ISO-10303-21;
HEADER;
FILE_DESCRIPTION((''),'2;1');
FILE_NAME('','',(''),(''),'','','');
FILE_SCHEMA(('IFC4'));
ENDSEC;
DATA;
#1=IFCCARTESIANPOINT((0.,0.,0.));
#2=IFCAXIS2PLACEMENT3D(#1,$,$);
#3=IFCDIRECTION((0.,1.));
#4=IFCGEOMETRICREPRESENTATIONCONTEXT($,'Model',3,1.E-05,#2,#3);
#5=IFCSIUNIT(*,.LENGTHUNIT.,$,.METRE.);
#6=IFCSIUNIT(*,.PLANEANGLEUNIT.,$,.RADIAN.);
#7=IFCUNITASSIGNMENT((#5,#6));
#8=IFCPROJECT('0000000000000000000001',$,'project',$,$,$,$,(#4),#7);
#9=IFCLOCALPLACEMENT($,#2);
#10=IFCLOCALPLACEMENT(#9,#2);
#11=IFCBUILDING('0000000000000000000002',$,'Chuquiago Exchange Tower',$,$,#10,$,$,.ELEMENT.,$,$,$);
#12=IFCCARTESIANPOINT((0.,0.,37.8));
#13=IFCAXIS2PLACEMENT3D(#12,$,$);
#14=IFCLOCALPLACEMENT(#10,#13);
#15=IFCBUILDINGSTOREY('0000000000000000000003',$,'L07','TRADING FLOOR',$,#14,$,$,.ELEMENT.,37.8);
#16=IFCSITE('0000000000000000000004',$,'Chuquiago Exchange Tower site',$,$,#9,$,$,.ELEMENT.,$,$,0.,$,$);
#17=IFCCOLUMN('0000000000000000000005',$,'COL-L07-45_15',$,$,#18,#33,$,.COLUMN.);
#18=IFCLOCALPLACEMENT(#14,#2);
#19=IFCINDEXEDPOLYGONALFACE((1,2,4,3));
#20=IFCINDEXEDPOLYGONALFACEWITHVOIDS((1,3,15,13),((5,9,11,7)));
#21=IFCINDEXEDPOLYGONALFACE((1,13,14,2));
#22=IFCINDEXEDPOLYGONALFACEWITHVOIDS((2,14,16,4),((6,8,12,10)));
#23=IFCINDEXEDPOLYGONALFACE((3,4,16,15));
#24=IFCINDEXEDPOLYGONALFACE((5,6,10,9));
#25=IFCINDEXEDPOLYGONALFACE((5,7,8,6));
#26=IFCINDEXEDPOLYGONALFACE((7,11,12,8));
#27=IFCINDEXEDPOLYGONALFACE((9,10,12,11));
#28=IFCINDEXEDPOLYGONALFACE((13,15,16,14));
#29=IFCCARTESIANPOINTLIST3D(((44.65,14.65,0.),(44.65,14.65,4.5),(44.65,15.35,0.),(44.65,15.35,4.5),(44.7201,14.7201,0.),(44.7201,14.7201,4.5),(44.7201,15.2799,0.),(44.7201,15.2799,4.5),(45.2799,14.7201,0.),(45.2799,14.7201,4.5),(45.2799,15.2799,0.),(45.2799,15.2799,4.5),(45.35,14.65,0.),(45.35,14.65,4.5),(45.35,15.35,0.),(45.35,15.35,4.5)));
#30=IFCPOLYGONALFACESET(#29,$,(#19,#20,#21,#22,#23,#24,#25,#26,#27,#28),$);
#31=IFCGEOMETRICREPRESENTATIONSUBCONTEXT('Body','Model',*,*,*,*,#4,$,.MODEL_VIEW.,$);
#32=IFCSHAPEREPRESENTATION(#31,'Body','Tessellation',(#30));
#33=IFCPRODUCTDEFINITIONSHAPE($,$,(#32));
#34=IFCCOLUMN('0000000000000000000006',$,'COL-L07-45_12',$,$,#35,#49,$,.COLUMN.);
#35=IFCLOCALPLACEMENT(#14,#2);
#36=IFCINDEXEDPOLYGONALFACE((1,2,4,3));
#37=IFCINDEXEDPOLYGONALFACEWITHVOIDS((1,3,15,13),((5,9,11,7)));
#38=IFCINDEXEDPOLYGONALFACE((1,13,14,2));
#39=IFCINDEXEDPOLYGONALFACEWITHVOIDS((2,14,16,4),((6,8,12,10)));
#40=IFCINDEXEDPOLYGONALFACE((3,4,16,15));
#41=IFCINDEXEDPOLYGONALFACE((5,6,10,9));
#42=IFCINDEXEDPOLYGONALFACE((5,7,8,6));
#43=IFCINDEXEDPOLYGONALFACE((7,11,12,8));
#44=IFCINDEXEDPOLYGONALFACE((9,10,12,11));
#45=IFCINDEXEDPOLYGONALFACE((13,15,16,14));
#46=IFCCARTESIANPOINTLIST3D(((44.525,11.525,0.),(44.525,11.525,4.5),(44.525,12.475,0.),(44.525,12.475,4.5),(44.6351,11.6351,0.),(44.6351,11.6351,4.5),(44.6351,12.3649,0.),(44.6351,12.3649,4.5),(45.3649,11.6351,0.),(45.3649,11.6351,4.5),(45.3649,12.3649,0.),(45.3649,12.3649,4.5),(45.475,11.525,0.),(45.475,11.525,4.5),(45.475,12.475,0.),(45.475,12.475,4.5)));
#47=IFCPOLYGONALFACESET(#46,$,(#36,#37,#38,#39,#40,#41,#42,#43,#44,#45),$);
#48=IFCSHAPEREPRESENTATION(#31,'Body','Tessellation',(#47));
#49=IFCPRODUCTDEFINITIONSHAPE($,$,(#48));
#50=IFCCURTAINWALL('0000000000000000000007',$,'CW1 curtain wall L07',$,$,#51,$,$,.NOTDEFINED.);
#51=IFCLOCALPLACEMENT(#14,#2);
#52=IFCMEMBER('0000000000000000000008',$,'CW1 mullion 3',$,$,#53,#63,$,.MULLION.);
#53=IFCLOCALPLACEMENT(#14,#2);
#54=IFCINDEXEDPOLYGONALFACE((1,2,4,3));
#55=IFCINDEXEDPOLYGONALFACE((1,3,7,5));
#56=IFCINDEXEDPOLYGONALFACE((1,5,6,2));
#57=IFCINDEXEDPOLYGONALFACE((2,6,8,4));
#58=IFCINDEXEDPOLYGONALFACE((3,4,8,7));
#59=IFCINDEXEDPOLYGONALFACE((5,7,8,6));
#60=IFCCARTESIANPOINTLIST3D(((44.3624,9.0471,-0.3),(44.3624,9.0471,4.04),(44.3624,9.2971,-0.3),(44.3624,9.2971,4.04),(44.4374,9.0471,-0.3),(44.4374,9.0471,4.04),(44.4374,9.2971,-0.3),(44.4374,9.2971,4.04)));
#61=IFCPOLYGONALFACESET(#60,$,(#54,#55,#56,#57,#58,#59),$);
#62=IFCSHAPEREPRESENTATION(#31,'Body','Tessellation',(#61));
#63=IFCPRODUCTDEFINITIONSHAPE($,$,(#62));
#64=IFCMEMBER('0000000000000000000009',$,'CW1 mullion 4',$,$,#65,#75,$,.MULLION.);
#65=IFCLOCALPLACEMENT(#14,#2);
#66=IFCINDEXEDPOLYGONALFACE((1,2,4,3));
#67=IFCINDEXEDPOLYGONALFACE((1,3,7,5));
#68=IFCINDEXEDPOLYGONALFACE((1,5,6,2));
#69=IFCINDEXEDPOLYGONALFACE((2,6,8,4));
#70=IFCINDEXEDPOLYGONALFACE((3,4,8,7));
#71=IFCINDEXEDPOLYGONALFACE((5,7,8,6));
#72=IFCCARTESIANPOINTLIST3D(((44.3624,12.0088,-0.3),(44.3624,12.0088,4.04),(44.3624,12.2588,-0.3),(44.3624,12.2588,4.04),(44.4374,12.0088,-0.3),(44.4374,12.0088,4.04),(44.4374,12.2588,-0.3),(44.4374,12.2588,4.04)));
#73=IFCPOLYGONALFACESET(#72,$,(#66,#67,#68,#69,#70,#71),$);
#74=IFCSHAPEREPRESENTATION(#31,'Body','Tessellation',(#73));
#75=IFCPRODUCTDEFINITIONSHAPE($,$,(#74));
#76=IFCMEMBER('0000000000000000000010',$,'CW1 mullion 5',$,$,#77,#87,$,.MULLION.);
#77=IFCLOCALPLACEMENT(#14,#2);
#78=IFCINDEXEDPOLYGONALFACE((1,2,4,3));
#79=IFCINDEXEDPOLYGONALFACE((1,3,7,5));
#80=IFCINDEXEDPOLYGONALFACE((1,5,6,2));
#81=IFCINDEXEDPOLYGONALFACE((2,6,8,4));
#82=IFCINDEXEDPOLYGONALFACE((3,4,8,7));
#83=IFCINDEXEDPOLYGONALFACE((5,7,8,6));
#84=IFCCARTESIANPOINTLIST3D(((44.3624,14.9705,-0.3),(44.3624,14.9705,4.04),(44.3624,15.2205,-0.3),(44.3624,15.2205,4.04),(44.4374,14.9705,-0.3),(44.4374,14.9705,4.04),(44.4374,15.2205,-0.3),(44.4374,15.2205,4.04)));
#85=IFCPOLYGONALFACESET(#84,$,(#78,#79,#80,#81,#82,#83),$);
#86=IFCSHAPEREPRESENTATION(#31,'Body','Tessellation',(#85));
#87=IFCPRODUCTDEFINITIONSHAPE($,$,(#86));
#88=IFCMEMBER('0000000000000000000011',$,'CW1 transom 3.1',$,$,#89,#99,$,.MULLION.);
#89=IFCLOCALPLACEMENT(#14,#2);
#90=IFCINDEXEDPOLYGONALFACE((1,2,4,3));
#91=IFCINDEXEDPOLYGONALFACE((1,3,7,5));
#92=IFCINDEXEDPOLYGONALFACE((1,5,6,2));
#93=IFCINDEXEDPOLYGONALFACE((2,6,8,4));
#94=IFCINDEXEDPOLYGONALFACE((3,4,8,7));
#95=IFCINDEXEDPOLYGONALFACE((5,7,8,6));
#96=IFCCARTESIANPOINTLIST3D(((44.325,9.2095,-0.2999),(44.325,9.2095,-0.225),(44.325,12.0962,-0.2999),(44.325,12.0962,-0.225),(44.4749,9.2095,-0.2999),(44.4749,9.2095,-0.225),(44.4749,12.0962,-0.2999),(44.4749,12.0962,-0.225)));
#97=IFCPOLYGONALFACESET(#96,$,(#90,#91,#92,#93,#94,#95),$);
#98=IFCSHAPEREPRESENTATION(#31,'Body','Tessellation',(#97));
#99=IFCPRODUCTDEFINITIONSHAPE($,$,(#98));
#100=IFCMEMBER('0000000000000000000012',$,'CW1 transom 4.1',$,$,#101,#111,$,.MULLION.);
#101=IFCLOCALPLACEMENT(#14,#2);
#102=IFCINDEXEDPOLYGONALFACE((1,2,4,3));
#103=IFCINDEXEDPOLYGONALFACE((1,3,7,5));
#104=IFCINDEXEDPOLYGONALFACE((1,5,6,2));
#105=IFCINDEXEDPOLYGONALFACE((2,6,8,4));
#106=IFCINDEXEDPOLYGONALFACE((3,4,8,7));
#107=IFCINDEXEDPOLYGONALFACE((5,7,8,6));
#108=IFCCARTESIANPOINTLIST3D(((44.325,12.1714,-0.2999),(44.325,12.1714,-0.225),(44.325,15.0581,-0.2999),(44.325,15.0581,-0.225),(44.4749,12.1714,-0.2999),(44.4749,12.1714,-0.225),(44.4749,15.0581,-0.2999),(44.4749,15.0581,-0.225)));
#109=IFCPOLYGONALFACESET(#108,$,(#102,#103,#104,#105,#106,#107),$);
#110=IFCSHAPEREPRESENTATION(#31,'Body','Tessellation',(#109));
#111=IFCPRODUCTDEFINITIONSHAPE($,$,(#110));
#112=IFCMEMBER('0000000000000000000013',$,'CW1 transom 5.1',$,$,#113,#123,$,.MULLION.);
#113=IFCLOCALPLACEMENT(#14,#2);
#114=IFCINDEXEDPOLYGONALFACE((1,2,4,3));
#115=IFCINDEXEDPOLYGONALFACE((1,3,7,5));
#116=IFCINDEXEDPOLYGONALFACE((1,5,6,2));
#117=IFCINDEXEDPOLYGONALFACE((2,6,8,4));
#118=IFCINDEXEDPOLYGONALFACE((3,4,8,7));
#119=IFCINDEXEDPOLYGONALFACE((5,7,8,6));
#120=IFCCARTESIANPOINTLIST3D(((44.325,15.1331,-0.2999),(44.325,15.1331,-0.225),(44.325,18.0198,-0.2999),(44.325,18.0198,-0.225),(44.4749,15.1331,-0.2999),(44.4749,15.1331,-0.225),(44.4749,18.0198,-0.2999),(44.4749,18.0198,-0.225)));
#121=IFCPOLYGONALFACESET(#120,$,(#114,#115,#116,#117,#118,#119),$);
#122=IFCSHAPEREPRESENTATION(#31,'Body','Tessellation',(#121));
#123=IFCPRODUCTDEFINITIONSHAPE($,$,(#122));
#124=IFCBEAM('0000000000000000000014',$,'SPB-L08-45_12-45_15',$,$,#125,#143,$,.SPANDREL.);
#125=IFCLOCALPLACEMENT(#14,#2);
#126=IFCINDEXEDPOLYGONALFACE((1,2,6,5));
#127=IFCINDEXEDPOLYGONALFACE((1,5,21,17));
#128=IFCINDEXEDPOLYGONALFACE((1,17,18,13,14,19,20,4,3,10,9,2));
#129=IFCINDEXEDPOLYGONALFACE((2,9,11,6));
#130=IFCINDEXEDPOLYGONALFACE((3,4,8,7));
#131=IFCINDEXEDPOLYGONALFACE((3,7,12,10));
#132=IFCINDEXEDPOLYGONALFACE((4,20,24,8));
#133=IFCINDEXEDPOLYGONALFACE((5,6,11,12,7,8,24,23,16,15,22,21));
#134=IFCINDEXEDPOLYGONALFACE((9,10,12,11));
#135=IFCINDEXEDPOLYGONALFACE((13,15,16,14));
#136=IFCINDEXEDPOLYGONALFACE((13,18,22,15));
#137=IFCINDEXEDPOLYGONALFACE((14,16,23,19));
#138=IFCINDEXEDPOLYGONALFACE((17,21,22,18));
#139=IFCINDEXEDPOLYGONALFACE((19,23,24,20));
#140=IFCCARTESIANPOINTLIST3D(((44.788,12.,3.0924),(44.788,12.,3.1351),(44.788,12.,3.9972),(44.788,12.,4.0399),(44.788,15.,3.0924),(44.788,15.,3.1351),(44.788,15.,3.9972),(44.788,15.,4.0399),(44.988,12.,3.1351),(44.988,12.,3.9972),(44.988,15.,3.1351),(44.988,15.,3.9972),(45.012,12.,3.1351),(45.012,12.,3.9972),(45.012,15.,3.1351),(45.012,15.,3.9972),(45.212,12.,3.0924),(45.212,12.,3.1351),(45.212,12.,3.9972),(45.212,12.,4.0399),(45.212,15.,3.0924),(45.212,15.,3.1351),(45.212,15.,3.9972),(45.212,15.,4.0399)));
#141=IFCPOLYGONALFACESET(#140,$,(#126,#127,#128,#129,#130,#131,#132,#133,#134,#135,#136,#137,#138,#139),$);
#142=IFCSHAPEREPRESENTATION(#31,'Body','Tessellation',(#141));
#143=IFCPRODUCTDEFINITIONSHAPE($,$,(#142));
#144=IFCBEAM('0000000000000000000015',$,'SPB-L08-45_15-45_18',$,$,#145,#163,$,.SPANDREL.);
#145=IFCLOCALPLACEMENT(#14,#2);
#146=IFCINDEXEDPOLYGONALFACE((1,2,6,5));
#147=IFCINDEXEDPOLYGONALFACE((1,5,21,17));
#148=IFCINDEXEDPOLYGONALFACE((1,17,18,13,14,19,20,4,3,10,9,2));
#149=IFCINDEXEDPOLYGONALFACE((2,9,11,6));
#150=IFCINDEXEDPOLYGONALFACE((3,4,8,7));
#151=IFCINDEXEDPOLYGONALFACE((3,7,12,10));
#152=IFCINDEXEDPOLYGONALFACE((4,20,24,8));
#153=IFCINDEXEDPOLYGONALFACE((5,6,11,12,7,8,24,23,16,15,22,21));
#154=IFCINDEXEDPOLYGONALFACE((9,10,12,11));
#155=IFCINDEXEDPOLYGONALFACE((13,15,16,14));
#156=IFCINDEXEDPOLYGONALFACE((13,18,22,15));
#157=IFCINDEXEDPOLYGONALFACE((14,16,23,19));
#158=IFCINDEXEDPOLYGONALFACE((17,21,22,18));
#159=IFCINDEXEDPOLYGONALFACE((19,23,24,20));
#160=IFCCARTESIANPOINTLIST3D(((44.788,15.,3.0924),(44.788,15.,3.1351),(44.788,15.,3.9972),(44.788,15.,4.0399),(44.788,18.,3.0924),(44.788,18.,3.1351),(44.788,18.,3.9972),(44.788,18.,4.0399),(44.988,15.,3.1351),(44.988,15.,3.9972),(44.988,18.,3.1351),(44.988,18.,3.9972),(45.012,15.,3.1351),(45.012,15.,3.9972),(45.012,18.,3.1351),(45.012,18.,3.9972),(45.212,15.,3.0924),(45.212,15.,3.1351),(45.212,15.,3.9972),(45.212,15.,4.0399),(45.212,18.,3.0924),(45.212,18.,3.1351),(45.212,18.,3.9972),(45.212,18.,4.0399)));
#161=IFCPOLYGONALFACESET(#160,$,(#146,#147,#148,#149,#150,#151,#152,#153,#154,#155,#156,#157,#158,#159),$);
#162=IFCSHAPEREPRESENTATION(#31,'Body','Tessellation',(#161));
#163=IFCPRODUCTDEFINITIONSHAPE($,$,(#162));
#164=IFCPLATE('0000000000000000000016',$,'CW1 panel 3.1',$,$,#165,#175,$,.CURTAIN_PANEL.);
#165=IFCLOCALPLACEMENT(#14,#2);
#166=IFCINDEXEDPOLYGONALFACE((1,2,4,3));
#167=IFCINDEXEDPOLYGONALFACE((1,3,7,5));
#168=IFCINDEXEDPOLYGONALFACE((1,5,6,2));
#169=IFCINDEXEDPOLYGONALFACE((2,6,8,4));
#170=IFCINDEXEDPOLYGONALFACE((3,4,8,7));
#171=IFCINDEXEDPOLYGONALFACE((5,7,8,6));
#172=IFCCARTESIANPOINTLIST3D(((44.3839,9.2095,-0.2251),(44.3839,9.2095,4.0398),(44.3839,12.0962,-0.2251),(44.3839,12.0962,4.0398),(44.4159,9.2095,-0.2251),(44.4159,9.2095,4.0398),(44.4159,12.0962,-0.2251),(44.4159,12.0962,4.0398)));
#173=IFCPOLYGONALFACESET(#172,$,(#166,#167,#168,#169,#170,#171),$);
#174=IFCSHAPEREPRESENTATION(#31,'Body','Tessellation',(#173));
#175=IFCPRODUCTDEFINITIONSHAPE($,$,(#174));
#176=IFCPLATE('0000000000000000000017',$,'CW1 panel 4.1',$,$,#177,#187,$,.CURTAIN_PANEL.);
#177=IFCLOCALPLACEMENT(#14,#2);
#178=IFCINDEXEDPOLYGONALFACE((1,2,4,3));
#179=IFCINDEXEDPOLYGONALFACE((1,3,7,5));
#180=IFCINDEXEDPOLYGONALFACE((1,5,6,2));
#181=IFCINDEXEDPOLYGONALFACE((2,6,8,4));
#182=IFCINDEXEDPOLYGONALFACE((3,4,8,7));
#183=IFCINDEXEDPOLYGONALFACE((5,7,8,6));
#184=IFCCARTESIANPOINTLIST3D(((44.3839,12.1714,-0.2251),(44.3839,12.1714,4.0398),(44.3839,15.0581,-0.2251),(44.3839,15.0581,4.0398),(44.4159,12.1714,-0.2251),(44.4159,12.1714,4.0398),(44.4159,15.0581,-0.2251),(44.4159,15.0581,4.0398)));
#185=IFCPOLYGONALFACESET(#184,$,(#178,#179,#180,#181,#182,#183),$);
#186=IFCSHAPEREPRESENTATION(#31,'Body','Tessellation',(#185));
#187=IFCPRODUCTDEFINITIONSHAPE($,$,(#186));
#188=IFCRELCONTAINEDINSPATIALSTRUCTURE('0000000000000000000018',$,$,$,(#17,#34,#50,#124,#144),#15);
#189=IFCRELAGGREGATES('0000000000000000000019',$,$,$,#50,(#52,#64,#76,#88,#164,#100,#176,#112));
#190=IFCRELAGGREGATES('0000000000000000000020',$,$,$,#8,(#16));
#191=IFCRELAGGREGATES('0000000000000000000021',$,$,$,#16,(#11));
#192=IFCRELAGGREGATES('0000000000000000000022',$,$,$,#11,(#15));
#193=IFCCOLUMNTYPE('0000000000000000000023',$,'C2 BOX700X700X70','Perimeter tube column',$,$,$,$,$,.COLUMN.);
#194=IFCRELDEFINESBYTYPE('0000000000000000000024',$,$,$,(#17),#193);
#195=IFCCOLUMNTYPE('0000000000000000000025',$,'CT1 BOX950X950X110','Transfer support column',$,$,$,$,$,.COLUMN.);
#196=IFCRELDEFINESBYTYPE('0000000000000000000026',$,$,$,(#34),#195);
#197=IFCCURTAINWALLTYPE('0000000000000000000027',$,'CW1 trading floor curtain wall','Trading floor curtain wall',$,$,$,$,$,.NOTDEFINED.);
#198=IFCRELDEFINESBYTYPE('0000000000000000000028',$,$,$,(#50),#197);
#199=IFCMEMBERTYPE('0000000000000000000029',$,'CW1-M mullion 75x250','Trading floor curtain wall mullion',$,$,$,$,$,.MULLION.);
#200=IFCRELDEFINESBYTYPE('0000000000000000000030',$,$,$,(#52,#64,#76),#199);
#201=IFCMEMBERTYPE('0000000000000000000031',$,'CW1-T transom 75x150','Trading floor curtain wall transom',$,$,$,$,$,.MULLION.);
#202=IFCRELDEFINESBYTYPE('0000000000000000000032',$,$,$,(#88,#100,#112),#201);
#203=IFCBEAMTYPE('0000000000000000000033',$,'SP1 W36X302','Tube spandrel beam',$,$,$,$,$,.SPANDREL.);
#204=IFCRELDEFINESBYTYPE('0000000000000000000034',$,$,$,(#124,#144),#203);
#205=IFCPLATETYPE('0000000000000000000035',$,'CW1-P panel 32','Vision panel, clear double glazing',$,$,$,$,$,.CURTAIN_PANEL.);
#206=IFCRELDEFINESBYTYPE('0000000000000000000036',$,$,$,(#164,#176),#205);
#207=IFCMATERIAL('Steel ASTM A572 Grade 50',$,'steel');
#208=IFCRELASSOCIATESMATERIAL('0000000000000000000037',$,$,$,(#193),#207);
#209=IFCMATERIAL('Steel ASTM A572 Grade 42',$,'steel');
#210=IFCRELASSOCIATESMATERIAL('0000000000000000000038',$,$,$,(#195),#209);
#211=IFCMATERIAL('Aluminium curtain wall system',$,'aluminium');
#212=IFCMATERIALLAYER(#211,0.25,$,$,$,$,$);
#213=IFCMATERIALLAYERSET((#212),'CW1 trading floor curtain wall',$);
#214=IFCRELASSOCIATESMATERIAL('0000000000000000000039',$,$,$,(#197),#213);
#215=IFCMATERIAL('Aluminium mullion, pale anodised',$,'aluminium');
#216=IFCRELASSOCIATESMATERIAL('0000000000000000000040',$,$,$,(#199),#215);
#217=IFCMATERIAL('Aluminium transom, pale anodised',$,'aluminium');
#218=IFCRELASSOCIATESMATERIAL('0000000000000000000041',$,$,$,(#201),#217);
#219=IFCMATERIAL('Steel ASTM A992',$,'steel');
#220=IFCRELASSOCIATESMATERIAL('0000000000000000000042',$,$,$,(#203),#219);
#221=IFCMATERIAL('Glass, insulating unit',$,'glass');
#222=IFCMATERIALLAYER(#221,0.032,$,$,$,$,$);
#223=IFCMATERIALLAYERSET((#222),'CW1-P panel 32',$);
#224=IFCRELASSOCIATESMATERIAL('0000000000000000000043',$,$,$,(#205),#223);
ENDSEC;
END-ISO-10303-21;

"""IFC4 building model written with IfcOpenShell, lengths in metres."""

from ifc_helpers import new_model, si_unit, direction, frame, origin, origin_2d, place, context, subcontext, project, spatial, rectangle, hollow_rectangle, i_section, extrude, material, layer, layer_set, material_profile, profile_set, type_object, element, aggregate, save


model = new_model("IFC4")

# Units and contexts
model_context = context("Model", 3, precision=1e-05, world=origin(), true_north=direction((0.0, 1.0)))
body_context = subcontext(model_context, "Body", "Model", "MODEL_VIEW")
ifc_project = project(units=[si_unit("LENGTHUNIT", "METRE"), si_unit("PLANEANGLEUNIT", "RADIAN")], contexts=[model_context])

# Site, building, storey
site_placement = place(None, origin())
site = spatial("IfcSite", under=ifc_project, at=site_placement, Name="Chuquiago Exchange Tower site", CompositionType="ELEMENT", RefElevation=0.0)
building_placement = place(site_placement, origin())
building = spatial("IfcBuilding", under=site, at=building_placement, Name="Chuquiago Exchange Tower", CompositionType="ELEMENT")
storey_placement = place(building_placement, frame((0.0, 0.0, 37.8)))
storey = spatial("IfcBuildingStorey", under=building, at=storey_placement, Name="L07", Description="TRADING FLOOR", CompositionType="ELEMENT", Elevation=37.8)

# Columns
ifc_material_1 = material(Name="Steel ASTM A572 Grade 50", Category="steel")
ifc_material_profile_1 = material_profile(ifc_material_1, hollow_rectangle(XDim=0.7, YDim=0.7, WallThickness=0.0701, at=origin_2d()), Name="BOX700X700X70")
ifc_profile_set_1 = profile_set([ifc_material_profile_1], Name="Steel ASTM A572 Grade 50")
column_type_1 = type_object("IfcColumnType", Name="C2 BOX700X700X70", Description="Perimeter tube column", PredefinedType="COLUMN", material=ifc_profile_set_1)
column_1_placement = place(storey_placement, frame((45.0, 15.0, 0.0), z_axis=(0.0, 0.0, 1.0), x_axis=(1.0, 0.0, 0.0)))
element("IfcColumn", 1, at=column_1_placement, inside=storey, type_object=column_type_1, Name="COL-L07-45_15", PredefinedType="COLUMN", context=body_context, shape_type="SweptSolid", body=[
    extrude(hollow_rectangle(XDim=0.7, YDim=0.7, WallThickness=0.0701, at=origin_2d()), origin(), (0.0, 0.0, 1.0), 4.5),
])
ifc_material_2 = material(Name="Steel ASTM A572 Grade 42", Category="steel")
ifc_material_profile_2 = material_profile(ifc_material_2, hollow_rectangle(XDim=0.95, YDim=0.95, WallThickness=0.1101, at=origin_2d()), Name="BOX950X950X110")
ifc_profile_set_2 = profile_set([ifc_material_profile_2], Name="Steel ASTM A572 Grade 42")
column_type_2 = type_object("IfcColumnType", Name="CT1 BOX950X950X110", Description="Transfer support column", PredefinedType="COLUMN", material=ifc_profile_set_2)
column_2_placement = place(storey_placement, frame((45.0, 12.0, 0.0), z_axis=(0.0, 0.0, 1.0), x_axis=(1.0, 0.0, 0.0)))
element("IfcColumn", 2, at=column_2_placement, inside=storey, type_object=column_type_2, Name="COL-L07-45_12", PredefinedType="COLUMN", context=body_context, shape_type="SweptSolid", body=[
    extrude(hollow_rectangle(XDim=0.95, YDim=0.95, WallThickness=0.1101, at=origin_2d()), origin(), (0.0, 0.0, 1.0), 4.5),
])

# Curtain wall, members
ifc_material_3 = material(Name="Aluminium curtain wall system", Category="aluminium")
ifc_layer_1 = layer(ifc_material_3, 0.25)
ifc_layer_set_1 = layer_set([ifc_layer_1], Name="CW1 trading floor curtain wall")
curtain_wall_type = type_object("IfcCurtainWallType", Name="CW1 trading floor curtain wall", Description="Trading floor curtain wall", PredefinedType="NOTDEFINED", material=ifc_layer_set_1)
curtain_wall_placement = place(storey_placement, origin())
curtain_wall = element("IfcCurtainWall", 3, at=curtain_wall_placement, inside=storey, type_object=curtain_wall_type, Name="CW1 curtain wall L07", PredefinedType="NOTDEFINED")
ifc_material_4 = material(Name="Aluminium mullion, pale anodised", Category="aluminium")
ifc_material_profile_3 = material_profile(ifc_material_4, rectangle(XDim=0.075, YDim=0.25, at=origin_2d()), Name="AL 75x250")
ifc_profile_set_3 = profile_set([ifc_material_profile_3], Name="Aluminium mullion, pale anodised")
member_type_1 = type_object("IfcMemberType", Name="CW1-M mullion 75x250", Description="Trading floor curtain wall mullion", PredefinedType="MULLION", material=ifc_profile_set_3)
member_1_placement = place(storey_placement, frame((44.3999, 9.1721, -0.3), z_axis=(0.0, 0.0, 1.0), x_axis=(-1.0, 0.0, 0.0)))
member_1 = element("IfcMember", 4, at=member_1_placement, type_object=member_type_1, Name="CW1 mullion 3", PredefinedType="MULLION", context=body_context, shape_type="SweptSolid", body=[
    extrude(rectangle(XDim=0.075, YDim=0.25, at=origin_2d()), origin(), (0.0, 0.0, 1.0), 4.3401),
])
member_2_placement = place(storey_placement, frame((44.3999, 12.1338, -0.3), z_axis=(0.0, 0.0, 1.0), x_axis=(-1.0, 0.0, 0.0)))
member_2 = element("IfcMember", 5, at=member_2_placement, type_object=member_type_1, Name="CW1 mullion 4", PredefinedType="MULLION", context=body_context, shape_type="SweptSolid", body=[
    extrude(rectangle(XDim=0.075, YDim=0.25, at=origin_2d()), origin(), (0.0, 0.0, 1.0), 4.3401),
])
member_3_placement = place(storey_placement, frame((44.3999, 15.0955, -0.3), z_axis=(0.0, 0.0, 1.0), x_axis=(-1.0, 0.0, 0.0)))
member_3 = element("IfcMember", 6, at=member_3_placement, type_object=member_type_1, Name="CW1 mullion 5", PredefinedType="MULLION", context=body_context, shape_type="SweptSolid", body=[
    extrude(rectangle(XDim=0.075, YDim=0.25, at=origin_2d()), origin(), (0.0, 0.0, 1.0), 4.3401),
])
ifc_material_5 = material(Name="Aluminium transom, pale anodised", Category="aluminium")
ifc_material_profile_4 = material_profile(ifc_material_5, rectangle(XDim=0.1499, YDim=0.075, at=origin_2d()), Name="AL 150x75")
ifc_profile_set_4 = profile_set([ifc_material_profile_4], Name="Aluminium transom, pale anodised")
member_type_2 = type_object("IfcMemberType", Name="CW1-T transom 75x150", Description="Trading floor curtain wall transom", PredefinedType="MULLION", material=ifc_profile_set_4)
member_4_placement = place(storey_placement, frame((44.3999, 9.2095, -0.2625), z_axis=(0.0, 1.0, 0.0), x_axis=(-1.0, 0.0, 0.0)))
member_4 = element("IfcMember", 7, at=member_4_placement, type_object=member_type_2, Name="CW1 transom 3.1", PredefinedType="MULLION", context=body_context, shape_type="SweptSolid", body=[
    extrude(rectangle(XDim=0.1499, YDim=0.075, at=origin_2d()), origin(), (0.0, 0.0, 1.0), 2.8867),
])
member_5_placement = place(storey_placement, frame((44.3999, 12.1714, -0.2625), z_axis=(0.0, 1.0, 0.0), x_axis=(-1.0, 0.0, 0.0)))
member_5 = element("IfcMember", 8, at=member_5_placement, type_object=member_type_2, Name="CW1 transom 4.1", PredefinedType="MULLION", context=body_context, shape_type="SweptSolid", body=[
    extrude(rectangle(XDim=0.1499, YDim=0.075, at=origin_2d()), origin(), (0.0, 0.0, 1.0), 2.8867),
])
member_6_placement = place(storey_placement, frame((44.3999, 15.1331, -0.2625), z_axis=(0.0, 1.0, 0.0), x_axis=(-1.0, 0.0, 0.0)))
member_6 = element("IfcMember", 9, at=member_6_placement, type_object=member_type_2, Name="CW1 transom 5.1", PredefinedType="MULLION", context=body_context, shape_type="SweptSolid", body=[
    extrude(rectangle(XDim=0.1499, YDim=0.075, at=origin_2d()), origin(), (0.0, 0.0, 1.0), 2.8867),
])

# Beams
ifc_material_6 = material(Name="Steel ASTM A992", Category="steel")
ifc_material_profile_5 = material_profile(ifc_material_6, i_section(OverallWidth=0.4241, OverallDepth=0.9475, WebThickness=0.0239, FlangeThickness=0.0427, at=origin_2d()), Name="W36X302")
ifc_profile_set_5 = profile_set([ifc_material_profile_5], Name="Steel ASTM A992")
beam_type = type_object("IfcBeamType", Name="SP1 W36X302", Description="Tube spandrel beam", PredefinedType="SPANDREL", material=ifc_profile_set_5)
for number, where, z_axis, x_axis, name in (
    (10, (45.0, 12.0, 3.5662), (0.0, 1.0, 0.0), (-1.0, 0.0, 0.0), "SPB-L08-45_12-45_15"),
    (11, (45.0, 15.0, 3.5662), (0.0, 1.0, 0.0), (-1.0, 0.0, 0.0), "SPB-L08-45_15-45_18"),
):
    element("IfcBeam", number, at=place(storey_placement, frame(where, z_axis=z_axis, x_axis=x_axis)), inside=storey, type_object=beam_type, Name=name, PredefinedType="SPANDREL", context=body_context, shape_type="SweptSolid", body=[
        extrude(i_section(OverallWidth=0.4241, OverallDepth=0.9475, WebThickness=0.0239, FlangeThickness=0.0427, at=origin_2d()), origin(), (0.0, 0.0, 1.0), 3.0),
    ])

# Plates
ifc_material_7 = material(Name="Glass, insulating unit", Category="glass")
ifc_layer_2 = layer(ifc_material_7, 0.032)
ifc_layer_set_2 = layer_set([ifc_layer_2], Name="CW1-P panel 32")
plate_type = type_object("IfcPlateType", Name="CW1-P panel 32", Description="Vision panel, clear double glazing", PredefinedType="CURTAIN_PANEL", material=ifc_layer_set_2)
plate_1_placement = place(storey_placement, frame((44.3999, 10.6528, -0.2251), z_axis=(0.0, 0.0, 1.0), x_axis=(0.0, 1.0, 0.0)))
plate_1 = element("IfcPlate", 12, at=plate_1_placement, type_object=plate_type, Name="CW1 panel 3.1", PredefinedType="CURTAIN_PANEL", context=body_context, shape_type="SweptSolid", body=[
    extrude(rectangle(XDim=2.8867, YDim=0.032, at=origin_2d()), origin(), (0.0, 0.0, 1.0), 4.2649),
])
plate_2_placement = place(storey_placement, frame((44.3999, 13.6147, -0.2251), z_axis=(0.0, 0.0, 1.0), x_axis=(0.0, 1.0, 0.0)))
plate_2 = element("IfcPlate", 13, at=plate_2_placement, type_object=plate_type, Name="CW1 panel 4.1", PredefinedType="CURTAIN_PANEL", context=body_context, shape_type="SweptSolid", body=[
    extrude(rectangle(XDim=2.8867, YDim=0.032, at=origin_2d()), origin(), (0.0, 0.0, 1.0), 4.2649),
])
aggregate(curtain_wall, [member_1, member_2, member_3, member_4, plate_1, member_5, plate_2, member_6])

save(model, "model.ifc")
